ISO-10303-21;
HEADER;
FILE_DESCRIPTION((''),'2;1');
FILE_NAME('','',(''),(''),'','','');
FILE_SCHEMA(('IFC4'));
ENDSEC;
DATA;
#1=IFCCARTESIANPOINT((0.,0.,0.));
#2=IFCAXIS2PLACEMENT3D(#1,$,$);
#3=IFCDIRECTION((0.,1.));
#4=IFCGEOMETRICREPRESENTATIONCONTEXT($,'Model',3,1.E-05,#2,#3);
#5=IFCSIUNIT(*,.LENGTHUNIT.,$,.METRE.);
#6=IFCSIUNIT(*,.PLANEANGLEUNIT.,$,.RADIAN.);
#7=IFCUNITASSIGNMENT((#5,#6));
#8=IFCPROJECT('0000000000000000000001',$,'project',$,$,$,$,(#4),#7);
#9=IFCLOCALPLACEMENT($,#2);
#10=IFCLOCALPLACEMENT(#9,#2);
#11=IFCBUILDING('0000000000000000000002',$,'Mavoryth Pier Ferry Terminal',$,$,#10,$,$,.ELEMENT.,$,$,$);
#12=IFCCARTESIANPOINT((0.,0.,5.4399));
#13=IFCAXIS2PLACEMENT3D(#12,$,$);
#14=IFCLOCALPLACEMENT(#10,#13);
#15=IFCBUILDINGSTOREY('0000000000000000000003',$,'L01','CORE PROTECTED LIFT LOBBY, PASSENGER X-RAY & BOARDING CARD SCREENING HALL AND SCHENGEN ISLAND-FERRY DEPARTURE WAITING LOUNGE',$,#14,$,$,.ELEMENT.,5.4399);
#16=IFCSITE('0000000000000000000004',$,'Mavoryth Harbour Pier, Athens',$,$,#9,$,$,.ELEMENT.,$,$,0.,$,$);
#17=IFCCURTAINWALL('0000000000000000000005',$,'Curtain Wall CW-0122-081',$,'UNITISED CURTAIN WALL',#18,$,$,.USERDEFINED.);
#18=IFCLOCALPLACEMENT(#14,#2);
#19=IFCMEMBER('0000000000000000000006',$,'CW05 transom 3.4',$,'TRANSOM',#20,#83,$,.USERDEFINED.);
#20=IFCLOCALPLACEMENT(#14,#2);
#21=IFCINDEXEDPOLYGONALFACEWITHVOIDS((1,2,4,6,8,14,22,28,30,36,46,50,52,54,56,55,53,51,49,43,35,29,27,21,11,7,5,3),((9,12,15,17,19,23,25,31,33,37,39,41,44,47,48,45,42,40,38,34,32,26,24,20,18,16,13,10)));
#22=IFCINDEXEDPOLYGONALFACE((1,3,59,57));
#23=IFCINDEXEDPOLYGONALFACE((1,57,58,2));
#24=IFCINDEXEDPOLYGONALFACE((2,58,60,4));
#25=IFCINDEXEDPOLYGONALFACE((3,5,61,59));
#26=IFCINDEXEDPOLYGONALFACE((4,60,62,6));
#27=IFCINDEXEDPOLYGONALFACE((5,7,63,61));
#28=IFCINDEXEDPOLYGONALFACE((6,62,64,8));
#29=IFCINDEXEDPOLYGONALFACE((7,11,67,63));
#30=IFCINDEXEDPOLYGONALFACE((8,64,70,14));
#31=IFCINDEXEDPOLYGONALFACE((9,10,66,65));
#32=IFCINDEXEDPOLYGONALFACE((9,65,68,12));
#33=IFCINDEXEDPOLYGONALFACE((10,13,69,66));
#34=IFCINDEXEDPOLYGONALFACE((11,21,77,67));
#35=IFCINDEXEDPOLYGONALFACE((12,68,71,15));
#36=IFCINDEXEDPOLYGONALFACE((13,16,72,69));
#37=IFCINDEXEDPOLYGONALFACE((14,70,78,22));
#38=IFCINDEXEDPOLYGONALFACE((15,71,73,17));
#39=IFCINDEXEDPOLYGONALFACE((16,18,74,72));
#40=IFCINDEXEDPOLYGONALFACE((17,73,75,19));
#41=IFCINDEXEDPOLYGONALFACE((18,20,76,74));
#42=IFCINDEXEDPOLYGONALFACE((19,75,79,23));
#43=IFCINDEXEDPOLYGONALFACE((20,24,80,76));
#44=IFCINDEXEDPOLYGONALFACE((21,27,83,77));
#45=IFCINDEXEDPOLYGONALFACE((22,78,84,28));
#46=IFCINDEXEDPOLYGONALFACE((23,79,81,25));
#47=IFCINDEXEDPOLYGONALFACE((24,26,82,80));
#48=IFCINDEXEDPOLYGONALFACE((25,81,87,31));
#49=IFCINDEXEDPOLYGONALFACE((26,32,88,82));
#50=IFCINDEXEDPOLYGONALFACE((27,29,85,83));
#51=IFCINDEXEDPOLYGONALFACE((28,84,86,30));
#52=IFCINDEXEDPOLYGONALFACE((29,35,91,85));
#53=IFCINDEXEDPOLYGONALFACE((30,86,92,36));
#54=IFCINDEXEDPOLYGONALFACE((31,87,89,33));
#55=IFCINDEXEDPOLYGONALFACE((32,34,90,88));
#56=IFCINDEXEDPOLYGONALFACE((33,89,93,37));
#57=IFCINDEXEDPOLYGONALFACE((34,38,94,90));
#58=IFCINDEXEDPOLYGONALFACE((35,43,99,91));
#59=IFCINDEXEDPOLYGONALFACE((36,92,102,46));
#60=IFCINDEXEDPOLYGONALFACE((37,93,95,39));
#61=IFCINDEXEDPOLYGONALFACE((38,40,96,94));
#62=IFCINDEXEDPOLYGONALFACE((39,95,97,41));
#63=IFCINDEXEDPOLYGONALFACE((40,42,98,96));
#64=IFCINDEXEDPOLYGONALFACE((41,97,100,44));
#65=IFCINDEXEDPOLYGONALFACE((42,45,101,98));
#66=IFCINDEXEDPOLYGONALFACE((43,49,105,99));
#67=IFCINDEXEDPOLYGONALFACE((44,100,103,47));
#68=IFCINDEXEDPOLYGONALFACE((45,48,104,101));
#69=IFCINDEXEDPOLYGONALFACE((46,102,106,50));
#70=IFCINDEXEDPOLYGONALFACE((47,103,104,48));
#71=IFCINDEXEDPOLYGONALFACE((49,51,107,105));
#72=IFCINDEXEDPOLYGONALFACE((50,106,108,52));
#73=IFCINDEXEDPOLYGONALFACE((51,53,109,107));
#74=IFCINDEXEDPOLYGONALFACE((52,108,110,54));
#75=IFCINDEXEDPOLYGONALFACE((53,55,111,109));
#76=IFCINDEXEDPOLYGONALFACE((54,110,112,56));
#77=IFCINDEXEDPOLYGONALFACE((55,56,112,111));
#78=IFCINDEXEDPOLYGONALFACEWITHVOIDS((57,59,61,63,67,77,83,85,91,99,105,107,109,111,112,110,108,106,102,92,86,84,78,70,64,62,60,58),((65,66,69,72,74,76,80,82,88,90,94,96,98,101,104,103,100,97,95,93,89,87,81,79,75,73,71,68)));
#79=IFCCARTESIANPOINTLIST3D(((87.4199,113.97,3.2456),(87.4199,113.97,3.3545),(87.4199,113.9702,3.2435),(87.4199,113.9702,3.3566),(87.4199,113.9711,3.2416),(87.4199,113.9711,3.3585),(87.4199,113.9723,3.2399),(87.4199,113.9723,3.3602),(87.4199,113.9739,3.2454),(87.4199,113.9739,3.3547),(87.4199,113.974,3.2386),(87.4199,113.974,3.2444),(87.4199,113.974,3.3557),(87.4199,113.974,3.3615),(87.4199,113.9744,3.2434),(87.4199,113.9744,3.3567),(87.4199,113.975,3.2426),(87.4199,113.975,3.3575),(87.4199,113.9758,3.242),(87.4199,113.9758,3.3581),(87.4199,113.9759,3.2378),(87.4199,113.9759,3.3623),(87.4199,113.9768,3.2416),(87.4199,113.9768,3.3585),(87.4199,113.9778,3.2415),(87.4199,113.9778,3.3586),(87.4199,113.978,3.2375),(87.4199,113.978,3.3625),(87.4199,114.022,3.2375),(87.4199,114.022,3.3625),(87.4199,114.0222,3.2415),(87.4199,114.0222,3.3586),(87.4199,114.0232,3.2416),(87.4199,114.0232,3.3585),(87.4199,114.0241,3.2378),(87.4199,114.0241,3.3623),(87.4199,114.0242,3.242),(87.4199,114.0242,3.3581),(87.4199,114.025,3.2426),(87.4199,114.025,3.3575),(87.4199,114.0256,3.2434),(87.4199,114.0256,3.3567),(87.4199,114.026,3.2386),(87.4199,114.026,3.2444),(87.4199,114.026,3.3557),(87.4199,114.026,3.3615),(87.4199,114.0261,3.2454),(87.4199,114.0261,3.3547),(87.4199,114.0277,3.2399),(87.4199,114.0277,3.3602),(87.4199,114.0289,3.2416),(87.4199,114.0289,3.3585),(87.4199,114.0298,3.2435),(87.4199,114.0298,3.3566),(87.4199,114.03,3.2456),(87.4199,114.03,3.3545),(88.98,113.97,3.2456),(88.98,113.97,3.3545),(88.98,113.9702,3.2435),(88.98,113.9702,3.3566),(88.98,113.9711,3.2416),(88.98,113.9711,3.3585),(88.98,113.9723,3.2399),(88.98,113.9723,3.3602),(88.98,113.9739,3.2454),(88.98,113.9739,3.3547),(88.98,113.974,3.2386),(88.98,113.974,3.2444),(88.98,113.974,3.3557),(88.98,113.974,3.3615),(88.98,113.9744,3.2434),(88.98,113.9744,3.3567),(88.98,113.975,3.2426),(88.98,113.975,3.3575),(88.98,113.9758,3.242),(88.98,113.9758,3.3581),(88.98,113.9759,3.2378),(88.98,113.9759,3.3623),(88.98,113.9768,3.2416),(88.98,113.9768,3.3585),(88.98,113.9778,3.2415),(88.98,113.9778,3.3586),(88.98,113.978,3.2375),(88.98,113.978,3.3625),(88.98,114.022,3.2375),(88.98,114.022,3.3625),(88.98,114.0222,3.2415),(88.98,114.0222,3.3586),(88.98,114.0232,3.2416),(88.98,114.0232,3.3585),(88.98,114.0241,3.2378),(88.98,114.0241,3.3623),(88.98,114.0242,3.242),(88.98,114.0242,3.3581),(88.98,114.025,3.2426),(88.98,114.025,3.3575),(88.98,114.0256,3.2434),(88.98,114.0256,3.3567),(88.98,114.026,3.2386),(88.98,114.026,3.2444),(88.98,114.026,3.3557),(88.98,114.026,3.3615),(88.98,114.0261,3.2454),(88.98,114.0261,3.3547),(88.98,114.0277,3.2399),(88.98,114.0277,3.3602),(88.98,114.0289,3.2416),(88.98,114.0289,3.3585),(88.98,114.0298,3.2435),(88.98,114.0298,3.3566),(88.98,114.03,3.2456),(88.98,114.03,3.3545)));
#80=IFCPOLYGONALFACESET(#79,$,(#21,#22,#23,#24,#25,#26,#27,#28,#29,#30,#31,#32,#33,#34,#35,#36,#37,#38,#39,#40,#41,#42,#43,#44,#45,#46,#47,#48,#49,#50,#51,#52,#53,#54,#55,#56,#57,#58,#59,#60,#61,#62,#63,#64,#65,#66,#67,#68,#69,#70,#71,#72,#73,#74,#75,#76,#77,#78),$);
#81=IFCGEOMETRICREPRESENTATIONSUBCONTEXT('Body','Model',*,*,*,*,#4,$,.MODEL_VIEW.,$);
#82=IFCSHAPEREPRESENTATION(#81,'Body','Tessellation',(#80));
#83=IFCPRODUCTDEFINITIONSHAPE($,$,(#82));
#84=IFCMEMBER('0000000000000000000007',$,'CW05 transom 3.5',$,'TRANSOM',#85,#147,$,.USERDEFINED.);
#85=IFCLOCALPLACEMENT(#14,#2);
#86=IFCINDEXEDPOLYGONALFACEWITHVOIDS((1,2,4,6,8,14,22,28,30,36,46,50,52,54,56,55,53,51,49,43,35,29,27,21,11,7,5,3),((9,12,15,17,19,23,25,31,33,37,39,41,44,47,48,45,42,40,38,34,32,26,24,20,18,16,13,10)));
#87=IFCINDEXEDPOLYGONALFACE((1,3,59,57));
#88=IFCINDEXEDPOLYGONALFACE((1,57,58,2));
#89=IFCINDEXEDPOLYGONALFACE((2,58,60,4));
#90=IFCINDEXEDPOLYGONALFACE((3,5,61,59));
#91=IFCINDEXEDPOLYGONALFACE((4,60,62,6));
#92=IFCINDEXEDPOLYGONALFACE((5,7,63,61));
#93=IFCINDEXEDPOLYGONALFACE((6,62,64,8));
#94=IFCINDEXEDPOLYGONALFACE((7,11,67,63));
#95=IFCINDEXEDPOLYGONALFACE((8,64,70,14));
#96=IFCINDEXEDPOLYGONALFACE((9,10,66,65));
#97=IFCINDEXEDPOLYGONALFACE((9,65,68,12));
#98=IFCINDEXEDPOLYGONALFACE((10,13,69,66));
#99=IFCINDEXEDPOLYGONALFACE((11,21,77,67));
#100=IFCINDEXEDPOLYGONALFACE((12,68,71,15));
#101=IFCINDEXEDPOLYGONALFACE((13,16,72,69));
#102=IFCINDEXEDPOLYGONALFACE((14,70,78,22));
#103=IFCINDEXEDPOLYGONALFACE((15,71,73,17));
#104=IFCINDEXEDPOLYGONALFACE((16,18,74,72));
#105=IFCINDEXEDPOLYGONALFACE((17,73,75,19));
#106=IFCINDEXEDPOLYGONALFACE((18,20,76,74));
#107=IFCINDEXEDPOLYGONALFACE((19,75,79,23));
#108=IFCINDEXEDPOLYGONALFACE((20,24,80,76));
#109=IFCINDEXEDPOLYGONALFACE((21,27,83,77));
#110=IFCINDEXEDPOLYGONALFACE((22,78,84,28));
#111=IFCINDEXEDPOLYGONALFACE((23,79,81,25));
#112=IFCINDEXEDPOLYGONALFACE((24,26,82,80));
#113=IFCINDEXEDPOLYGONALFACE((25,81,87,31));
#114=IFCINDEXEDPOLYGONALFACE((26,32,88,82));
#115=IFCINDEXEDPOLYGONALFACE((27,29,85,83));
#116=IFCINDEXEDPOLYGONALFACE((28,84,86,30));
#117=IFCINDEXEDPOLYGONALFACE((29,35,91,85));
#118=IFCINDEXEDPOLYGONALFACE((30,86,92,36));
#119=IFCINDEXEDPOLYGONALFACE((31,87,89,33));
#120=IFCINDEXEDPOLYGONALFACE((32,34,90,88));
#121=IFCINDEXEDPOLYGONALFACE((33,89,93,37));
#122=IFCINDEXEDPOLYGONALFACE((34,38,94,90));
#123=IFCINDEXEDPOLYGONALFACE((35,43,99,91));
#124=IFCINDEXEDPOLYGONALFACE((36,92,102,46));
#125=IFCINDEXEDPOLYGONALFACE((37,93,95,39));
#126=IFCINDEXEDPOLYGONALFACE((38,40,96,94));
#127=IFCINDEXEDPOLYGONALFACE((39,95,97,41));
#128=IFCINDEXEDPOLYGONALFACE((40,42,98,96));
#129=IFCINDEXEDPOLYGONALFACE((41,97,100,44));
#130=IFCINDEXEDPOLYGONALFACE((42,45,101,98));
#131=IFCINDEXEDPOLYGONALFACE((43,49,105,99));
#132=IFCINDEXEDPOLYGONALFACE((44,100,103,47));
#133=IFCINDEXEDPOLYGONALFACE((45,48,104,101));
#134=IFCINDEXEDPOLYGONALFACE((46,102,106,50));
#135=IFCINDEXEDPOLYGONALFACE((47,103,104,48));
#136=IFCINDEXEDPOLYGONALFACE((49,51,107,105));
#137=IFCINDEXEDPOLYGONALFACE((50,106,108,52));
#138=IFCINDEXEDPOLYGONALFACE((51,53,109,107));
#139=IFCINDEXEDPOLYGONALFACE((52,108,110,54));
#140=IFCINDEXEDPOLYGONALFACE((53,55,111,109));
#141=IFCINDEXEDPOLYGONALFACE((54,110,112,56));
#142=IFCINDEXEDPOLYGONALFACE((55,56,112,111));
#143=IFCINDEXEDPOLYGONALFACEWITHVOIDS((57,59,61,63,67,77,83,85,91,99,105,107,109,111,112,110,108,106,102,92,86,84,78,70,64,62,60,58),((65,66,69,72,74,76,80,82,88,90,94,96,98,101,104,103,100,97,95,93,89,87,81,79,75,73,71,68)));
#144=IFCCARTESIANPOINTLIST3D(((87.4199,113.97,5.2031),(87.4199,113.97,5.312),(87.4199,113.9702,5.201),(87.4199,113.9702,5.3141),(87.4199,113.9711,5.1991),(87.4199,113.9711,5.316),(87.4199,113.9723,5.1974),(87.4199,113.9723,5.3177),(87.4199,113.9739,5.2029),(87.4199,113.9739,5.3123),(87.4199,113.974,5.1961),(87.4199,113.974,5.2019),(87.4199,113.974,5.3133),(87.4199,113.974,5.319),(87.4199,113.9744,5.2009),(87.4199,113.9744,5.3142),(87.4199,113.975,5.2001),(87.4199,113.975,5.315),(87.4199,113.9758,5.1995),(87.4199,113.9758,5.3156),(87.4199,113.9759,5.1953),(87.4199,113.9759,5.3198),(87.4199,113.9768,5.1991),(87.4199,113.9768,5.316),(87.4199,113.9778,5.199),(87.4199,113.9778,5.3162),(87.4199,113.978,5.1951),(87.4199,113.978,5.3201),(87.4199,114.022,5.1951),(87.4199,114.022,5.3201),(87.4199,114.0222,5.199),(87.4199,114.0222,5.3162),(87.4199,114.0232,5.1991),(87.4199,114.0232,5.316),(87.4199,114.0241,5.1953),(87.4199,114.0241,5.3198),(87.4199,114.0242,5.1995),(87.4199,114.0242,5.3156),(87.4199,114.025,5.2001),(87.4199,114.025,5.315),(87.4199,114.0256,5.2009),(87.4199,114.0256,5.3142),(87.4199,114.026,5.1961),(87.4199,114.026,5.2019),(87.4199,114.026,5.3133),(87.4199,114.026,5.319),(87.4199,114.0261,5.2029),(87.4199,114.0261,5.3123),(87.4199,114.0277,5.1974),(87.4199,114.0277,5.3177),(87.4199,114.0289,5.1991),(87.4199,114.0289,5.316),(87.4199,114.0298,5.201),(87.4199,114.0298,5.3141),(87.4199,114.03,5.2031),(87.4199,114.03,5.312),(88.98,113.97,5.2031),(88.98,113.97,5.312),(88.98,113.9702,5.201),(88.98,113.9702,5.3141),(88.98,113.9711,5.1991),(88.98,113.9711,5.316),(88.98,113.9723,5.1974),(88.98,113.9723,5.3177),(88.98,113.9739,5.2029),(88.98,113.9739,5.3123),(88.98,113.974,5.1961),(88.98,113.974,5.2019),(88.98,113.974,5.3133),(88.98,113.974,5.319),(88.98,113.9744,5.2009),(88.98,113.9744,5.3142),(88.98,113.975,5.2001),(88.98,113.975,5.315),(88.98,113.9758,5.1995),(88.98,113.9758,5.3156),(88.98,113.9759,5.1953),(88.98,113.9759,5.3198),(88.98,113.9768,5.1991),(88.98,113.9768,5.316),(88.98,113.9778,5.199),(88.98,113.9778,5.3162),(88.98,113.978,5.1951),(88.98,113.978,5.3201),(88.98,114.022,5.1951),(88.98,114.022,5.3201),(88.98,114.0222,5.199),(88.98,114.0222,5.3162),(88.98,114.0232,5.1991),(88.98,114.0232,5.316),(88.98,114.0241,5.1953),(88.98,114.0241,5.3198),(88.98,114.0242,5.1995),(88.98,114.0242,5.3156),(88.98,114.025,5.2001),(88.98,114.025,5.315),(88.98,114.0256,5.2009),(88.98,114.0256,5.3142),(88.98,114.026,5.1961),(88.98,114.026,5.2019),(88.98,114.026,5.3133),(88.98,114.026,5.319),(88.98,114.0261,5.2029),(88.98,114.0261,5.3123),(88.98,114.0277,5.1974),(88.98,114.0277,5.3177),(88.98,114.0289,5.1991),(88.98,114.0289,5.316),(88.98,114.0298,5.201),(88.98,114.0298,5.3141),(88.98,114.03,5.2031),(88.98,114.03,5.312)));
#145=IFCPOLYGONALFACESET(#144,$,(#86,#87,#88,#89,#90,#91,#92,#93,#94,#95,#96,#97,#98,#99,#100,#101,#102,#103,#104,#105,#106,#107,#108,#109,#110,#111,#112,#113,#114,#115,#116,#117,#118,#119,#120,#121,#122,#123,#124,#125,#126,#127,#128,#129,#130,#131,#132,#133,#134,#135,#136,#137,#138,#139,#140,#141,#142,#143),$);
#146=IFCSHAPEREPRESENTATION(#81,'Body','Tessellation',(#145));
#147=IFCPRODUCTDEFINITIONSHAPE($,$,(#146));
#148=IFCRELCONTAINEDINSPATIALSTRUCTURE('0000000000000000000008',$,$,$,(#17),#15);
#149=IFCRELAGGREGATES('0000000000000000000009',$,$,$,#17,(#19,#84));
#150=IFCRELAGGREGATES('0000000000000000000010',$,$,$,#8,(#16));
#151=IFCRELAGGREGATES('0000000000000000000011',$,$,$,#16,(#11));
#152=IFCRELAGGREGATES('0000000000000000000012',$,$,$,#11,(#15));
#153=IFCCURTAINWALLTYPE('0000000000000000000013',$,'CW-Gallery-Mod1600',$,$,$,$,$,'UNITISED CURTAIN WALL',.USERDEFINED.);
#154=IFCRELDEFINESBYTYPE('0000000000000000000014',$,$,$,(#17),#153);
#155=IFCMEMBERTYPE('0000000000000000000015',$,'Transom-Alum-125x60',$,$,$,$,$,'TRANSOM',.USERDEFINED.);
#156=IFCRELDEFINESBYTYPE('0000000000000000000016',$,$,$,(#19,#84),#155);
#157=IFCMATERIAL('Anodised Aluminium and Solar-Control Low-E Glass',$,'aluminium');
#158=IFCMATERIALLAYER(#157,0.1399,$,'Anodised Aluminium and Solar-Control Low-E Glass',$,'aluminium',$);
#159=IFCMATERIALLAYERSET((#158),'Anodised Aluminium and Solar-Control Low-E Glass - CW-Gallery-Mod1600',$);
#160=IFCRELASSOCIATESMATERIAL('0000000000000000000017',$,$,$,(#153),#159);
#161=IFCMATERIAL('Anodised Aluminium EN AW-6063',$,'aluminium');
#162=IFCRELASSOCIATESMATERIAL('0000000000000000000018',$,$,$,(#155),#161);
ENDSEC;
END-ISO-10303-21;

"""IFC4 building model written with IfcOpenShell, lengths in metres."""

from ifc_helpers import new_model, si_unit, direction, frame, origin, origin_2d, place, context, subcontext, project, spatial, hollow_rectangle, extrude, material, layer, layer_set, material_profile, profile_set, type_object, element, aggregate, save


model = new_model("IFC4")

# Units and contexts
model_context = context("Model", 3, precision=1e-05, world=origin(), true_north=direction((0.0, 1.0)))
body_context = subcontext(model_context, "Body", "Model", "MODEL_VIEW")
ifc_project = project(units=[si_unit("LENGTHUNIT", "METRE"), si_unit("PLANEANGLEUNIT", "RADIAN")], contexts=[model_context])

# Site, building, storey
site_placement = place(None, origin())
site = spatial("IfcSite", under=ifc_project, at=site_placement, Name="Mavoryth Harbour Pier, Athens", CompositionType="ELEMENT", RefElevation=0.0)
building_placement = place(site_placement, origin())
building = spatial("IfcBuilding", under=site, at=building_placement, Name="Mavoryth Pier Ferry Terminal", CompositionType="ELEMENT")
storey_placement = place(building_placement, frame((0.0, 0.0, 5.4399)))
storey = spatial("IfcBuildingStorey", under=building, at=storey_placement, Name="L01", Description="CORE PROTECTED LIFT LOBBY, PASSENGER X-RAY & BOARDING CARD SCREENING HALL AND SCHENGEN ISLAND-FERRY DEPARTURE WAITING LOUNGE", CompositionType="ELEMENT", Elevation=5.4399)

# Curtain wall, members
ifc_material_1 = material(Name="Anodised Aluminium and Solar-Control Low-E Glass", Category="aluminium")
ifc_layer_1 = layer(ifc_material_1, 0.1399, Name="Anodised Aluminium and Solar-Control Low-E Glass", Category="aluminium")
ifc_layer_set_1 = layer_set([ifc_layer_1], Name="Anodised Aluminium and Solar-Control Low-E Glass - CW-Gallery-Mod1600")
curtain_wall_type = type_object("IfcCurtainWallType", Name="CW-Gallery-Mod1600", ElementType="UNITISED CURTAIN WALL", PredefinedType="USERDEFINED", material=ifc_layer_set_1)
curtain_wall_placement = place(storey_placement, origin())
curtain_wall = element("IfcCurtainWall", 1, at=curtain_wall_placement, inside=storey, type_object=curtain_wall_type, Name="Curtain Wall CW-0122-081", ObjectType="UNITISED CURTAIN WALL", PredefinedType="USERDEFINED")
ifc_material_2 = material(Name="Anodised Aluminium EN AW-6063", Category="aluminium")
ifc_material_profile_1 = material_profile(ifc_material_2, hollow_rectangle(XDim=0.0601, YDim=0.125, WallThickness=0.0039, InnerFilletRadius=0.0039, OuterFilletRadius=0.0081, at=origin_2d()), Name="AL-TRAN 125x60x4", Category="aluminium")
ifc_profile_set_1 = profile_set([ifc_material_profile_1], Name="Anodised Aluminium EN AW-6063 - AL-TRAN 125x60x4")
member_type_1 = type_object("IfcMemberType", Name="Transom-Alum-125x60", ElementType="TRANSOM", PredefinedType="USERDEFINED", material=ifc_profile_set_1)
member_1_placement = place(storey_placement, frame((88.98, 114.0, 3.3), z_axis=(-1.0, 0.0, 0.0), x_axis=(0.0, -1.0, 0.0)))
member_1 = element("IfcMember", 2, at=member_1_placement, type_object=member_type_1, Name="CW05 transom 3.4", ObjectType="TRANSOM", PredefinedType="USERDEFINED", context=body_context, shape_type="SweptSolid", body=[
    extrude(hollow_rectangle(XDim=0.0601, YDim=0.125, WallThickness=0.0039, InnerFilletRadius=0.0039, OuterFilletRadius=0.0081, at=origin_2d()), origin(), (0.0, 0.0, 1.0), 1.5601),
])
member_2_placement = place(storey_placement, frame((88.98, 114.0, 5.2576), z_axis=(-1.0, 0.0, 0.0), x_axis=(0.0, -1.0, 0.0)))
member_2 = element("IfcMember", 3, at=member_2_placement, type_object=member_type_1, Name="CW05 transom 3.5", ObjectType="TRANSOM", PredefinedType="USERDEFINED", context=body_context, shape_type="SweptSolid", body=[
    extrude(hollow_rectangle(XDim=0.0601, YDim=0.125, WallThickness=0.0039, InnerFilletRadius=0.0039, OuterFilletRadius=0.0081, at=origin_2d()), origin(), (0.0, 0.0, 1.0), 1.5601),
])
aggregate(curtain_wall, [member_1, member_2])

save(model, "model.ifc")
